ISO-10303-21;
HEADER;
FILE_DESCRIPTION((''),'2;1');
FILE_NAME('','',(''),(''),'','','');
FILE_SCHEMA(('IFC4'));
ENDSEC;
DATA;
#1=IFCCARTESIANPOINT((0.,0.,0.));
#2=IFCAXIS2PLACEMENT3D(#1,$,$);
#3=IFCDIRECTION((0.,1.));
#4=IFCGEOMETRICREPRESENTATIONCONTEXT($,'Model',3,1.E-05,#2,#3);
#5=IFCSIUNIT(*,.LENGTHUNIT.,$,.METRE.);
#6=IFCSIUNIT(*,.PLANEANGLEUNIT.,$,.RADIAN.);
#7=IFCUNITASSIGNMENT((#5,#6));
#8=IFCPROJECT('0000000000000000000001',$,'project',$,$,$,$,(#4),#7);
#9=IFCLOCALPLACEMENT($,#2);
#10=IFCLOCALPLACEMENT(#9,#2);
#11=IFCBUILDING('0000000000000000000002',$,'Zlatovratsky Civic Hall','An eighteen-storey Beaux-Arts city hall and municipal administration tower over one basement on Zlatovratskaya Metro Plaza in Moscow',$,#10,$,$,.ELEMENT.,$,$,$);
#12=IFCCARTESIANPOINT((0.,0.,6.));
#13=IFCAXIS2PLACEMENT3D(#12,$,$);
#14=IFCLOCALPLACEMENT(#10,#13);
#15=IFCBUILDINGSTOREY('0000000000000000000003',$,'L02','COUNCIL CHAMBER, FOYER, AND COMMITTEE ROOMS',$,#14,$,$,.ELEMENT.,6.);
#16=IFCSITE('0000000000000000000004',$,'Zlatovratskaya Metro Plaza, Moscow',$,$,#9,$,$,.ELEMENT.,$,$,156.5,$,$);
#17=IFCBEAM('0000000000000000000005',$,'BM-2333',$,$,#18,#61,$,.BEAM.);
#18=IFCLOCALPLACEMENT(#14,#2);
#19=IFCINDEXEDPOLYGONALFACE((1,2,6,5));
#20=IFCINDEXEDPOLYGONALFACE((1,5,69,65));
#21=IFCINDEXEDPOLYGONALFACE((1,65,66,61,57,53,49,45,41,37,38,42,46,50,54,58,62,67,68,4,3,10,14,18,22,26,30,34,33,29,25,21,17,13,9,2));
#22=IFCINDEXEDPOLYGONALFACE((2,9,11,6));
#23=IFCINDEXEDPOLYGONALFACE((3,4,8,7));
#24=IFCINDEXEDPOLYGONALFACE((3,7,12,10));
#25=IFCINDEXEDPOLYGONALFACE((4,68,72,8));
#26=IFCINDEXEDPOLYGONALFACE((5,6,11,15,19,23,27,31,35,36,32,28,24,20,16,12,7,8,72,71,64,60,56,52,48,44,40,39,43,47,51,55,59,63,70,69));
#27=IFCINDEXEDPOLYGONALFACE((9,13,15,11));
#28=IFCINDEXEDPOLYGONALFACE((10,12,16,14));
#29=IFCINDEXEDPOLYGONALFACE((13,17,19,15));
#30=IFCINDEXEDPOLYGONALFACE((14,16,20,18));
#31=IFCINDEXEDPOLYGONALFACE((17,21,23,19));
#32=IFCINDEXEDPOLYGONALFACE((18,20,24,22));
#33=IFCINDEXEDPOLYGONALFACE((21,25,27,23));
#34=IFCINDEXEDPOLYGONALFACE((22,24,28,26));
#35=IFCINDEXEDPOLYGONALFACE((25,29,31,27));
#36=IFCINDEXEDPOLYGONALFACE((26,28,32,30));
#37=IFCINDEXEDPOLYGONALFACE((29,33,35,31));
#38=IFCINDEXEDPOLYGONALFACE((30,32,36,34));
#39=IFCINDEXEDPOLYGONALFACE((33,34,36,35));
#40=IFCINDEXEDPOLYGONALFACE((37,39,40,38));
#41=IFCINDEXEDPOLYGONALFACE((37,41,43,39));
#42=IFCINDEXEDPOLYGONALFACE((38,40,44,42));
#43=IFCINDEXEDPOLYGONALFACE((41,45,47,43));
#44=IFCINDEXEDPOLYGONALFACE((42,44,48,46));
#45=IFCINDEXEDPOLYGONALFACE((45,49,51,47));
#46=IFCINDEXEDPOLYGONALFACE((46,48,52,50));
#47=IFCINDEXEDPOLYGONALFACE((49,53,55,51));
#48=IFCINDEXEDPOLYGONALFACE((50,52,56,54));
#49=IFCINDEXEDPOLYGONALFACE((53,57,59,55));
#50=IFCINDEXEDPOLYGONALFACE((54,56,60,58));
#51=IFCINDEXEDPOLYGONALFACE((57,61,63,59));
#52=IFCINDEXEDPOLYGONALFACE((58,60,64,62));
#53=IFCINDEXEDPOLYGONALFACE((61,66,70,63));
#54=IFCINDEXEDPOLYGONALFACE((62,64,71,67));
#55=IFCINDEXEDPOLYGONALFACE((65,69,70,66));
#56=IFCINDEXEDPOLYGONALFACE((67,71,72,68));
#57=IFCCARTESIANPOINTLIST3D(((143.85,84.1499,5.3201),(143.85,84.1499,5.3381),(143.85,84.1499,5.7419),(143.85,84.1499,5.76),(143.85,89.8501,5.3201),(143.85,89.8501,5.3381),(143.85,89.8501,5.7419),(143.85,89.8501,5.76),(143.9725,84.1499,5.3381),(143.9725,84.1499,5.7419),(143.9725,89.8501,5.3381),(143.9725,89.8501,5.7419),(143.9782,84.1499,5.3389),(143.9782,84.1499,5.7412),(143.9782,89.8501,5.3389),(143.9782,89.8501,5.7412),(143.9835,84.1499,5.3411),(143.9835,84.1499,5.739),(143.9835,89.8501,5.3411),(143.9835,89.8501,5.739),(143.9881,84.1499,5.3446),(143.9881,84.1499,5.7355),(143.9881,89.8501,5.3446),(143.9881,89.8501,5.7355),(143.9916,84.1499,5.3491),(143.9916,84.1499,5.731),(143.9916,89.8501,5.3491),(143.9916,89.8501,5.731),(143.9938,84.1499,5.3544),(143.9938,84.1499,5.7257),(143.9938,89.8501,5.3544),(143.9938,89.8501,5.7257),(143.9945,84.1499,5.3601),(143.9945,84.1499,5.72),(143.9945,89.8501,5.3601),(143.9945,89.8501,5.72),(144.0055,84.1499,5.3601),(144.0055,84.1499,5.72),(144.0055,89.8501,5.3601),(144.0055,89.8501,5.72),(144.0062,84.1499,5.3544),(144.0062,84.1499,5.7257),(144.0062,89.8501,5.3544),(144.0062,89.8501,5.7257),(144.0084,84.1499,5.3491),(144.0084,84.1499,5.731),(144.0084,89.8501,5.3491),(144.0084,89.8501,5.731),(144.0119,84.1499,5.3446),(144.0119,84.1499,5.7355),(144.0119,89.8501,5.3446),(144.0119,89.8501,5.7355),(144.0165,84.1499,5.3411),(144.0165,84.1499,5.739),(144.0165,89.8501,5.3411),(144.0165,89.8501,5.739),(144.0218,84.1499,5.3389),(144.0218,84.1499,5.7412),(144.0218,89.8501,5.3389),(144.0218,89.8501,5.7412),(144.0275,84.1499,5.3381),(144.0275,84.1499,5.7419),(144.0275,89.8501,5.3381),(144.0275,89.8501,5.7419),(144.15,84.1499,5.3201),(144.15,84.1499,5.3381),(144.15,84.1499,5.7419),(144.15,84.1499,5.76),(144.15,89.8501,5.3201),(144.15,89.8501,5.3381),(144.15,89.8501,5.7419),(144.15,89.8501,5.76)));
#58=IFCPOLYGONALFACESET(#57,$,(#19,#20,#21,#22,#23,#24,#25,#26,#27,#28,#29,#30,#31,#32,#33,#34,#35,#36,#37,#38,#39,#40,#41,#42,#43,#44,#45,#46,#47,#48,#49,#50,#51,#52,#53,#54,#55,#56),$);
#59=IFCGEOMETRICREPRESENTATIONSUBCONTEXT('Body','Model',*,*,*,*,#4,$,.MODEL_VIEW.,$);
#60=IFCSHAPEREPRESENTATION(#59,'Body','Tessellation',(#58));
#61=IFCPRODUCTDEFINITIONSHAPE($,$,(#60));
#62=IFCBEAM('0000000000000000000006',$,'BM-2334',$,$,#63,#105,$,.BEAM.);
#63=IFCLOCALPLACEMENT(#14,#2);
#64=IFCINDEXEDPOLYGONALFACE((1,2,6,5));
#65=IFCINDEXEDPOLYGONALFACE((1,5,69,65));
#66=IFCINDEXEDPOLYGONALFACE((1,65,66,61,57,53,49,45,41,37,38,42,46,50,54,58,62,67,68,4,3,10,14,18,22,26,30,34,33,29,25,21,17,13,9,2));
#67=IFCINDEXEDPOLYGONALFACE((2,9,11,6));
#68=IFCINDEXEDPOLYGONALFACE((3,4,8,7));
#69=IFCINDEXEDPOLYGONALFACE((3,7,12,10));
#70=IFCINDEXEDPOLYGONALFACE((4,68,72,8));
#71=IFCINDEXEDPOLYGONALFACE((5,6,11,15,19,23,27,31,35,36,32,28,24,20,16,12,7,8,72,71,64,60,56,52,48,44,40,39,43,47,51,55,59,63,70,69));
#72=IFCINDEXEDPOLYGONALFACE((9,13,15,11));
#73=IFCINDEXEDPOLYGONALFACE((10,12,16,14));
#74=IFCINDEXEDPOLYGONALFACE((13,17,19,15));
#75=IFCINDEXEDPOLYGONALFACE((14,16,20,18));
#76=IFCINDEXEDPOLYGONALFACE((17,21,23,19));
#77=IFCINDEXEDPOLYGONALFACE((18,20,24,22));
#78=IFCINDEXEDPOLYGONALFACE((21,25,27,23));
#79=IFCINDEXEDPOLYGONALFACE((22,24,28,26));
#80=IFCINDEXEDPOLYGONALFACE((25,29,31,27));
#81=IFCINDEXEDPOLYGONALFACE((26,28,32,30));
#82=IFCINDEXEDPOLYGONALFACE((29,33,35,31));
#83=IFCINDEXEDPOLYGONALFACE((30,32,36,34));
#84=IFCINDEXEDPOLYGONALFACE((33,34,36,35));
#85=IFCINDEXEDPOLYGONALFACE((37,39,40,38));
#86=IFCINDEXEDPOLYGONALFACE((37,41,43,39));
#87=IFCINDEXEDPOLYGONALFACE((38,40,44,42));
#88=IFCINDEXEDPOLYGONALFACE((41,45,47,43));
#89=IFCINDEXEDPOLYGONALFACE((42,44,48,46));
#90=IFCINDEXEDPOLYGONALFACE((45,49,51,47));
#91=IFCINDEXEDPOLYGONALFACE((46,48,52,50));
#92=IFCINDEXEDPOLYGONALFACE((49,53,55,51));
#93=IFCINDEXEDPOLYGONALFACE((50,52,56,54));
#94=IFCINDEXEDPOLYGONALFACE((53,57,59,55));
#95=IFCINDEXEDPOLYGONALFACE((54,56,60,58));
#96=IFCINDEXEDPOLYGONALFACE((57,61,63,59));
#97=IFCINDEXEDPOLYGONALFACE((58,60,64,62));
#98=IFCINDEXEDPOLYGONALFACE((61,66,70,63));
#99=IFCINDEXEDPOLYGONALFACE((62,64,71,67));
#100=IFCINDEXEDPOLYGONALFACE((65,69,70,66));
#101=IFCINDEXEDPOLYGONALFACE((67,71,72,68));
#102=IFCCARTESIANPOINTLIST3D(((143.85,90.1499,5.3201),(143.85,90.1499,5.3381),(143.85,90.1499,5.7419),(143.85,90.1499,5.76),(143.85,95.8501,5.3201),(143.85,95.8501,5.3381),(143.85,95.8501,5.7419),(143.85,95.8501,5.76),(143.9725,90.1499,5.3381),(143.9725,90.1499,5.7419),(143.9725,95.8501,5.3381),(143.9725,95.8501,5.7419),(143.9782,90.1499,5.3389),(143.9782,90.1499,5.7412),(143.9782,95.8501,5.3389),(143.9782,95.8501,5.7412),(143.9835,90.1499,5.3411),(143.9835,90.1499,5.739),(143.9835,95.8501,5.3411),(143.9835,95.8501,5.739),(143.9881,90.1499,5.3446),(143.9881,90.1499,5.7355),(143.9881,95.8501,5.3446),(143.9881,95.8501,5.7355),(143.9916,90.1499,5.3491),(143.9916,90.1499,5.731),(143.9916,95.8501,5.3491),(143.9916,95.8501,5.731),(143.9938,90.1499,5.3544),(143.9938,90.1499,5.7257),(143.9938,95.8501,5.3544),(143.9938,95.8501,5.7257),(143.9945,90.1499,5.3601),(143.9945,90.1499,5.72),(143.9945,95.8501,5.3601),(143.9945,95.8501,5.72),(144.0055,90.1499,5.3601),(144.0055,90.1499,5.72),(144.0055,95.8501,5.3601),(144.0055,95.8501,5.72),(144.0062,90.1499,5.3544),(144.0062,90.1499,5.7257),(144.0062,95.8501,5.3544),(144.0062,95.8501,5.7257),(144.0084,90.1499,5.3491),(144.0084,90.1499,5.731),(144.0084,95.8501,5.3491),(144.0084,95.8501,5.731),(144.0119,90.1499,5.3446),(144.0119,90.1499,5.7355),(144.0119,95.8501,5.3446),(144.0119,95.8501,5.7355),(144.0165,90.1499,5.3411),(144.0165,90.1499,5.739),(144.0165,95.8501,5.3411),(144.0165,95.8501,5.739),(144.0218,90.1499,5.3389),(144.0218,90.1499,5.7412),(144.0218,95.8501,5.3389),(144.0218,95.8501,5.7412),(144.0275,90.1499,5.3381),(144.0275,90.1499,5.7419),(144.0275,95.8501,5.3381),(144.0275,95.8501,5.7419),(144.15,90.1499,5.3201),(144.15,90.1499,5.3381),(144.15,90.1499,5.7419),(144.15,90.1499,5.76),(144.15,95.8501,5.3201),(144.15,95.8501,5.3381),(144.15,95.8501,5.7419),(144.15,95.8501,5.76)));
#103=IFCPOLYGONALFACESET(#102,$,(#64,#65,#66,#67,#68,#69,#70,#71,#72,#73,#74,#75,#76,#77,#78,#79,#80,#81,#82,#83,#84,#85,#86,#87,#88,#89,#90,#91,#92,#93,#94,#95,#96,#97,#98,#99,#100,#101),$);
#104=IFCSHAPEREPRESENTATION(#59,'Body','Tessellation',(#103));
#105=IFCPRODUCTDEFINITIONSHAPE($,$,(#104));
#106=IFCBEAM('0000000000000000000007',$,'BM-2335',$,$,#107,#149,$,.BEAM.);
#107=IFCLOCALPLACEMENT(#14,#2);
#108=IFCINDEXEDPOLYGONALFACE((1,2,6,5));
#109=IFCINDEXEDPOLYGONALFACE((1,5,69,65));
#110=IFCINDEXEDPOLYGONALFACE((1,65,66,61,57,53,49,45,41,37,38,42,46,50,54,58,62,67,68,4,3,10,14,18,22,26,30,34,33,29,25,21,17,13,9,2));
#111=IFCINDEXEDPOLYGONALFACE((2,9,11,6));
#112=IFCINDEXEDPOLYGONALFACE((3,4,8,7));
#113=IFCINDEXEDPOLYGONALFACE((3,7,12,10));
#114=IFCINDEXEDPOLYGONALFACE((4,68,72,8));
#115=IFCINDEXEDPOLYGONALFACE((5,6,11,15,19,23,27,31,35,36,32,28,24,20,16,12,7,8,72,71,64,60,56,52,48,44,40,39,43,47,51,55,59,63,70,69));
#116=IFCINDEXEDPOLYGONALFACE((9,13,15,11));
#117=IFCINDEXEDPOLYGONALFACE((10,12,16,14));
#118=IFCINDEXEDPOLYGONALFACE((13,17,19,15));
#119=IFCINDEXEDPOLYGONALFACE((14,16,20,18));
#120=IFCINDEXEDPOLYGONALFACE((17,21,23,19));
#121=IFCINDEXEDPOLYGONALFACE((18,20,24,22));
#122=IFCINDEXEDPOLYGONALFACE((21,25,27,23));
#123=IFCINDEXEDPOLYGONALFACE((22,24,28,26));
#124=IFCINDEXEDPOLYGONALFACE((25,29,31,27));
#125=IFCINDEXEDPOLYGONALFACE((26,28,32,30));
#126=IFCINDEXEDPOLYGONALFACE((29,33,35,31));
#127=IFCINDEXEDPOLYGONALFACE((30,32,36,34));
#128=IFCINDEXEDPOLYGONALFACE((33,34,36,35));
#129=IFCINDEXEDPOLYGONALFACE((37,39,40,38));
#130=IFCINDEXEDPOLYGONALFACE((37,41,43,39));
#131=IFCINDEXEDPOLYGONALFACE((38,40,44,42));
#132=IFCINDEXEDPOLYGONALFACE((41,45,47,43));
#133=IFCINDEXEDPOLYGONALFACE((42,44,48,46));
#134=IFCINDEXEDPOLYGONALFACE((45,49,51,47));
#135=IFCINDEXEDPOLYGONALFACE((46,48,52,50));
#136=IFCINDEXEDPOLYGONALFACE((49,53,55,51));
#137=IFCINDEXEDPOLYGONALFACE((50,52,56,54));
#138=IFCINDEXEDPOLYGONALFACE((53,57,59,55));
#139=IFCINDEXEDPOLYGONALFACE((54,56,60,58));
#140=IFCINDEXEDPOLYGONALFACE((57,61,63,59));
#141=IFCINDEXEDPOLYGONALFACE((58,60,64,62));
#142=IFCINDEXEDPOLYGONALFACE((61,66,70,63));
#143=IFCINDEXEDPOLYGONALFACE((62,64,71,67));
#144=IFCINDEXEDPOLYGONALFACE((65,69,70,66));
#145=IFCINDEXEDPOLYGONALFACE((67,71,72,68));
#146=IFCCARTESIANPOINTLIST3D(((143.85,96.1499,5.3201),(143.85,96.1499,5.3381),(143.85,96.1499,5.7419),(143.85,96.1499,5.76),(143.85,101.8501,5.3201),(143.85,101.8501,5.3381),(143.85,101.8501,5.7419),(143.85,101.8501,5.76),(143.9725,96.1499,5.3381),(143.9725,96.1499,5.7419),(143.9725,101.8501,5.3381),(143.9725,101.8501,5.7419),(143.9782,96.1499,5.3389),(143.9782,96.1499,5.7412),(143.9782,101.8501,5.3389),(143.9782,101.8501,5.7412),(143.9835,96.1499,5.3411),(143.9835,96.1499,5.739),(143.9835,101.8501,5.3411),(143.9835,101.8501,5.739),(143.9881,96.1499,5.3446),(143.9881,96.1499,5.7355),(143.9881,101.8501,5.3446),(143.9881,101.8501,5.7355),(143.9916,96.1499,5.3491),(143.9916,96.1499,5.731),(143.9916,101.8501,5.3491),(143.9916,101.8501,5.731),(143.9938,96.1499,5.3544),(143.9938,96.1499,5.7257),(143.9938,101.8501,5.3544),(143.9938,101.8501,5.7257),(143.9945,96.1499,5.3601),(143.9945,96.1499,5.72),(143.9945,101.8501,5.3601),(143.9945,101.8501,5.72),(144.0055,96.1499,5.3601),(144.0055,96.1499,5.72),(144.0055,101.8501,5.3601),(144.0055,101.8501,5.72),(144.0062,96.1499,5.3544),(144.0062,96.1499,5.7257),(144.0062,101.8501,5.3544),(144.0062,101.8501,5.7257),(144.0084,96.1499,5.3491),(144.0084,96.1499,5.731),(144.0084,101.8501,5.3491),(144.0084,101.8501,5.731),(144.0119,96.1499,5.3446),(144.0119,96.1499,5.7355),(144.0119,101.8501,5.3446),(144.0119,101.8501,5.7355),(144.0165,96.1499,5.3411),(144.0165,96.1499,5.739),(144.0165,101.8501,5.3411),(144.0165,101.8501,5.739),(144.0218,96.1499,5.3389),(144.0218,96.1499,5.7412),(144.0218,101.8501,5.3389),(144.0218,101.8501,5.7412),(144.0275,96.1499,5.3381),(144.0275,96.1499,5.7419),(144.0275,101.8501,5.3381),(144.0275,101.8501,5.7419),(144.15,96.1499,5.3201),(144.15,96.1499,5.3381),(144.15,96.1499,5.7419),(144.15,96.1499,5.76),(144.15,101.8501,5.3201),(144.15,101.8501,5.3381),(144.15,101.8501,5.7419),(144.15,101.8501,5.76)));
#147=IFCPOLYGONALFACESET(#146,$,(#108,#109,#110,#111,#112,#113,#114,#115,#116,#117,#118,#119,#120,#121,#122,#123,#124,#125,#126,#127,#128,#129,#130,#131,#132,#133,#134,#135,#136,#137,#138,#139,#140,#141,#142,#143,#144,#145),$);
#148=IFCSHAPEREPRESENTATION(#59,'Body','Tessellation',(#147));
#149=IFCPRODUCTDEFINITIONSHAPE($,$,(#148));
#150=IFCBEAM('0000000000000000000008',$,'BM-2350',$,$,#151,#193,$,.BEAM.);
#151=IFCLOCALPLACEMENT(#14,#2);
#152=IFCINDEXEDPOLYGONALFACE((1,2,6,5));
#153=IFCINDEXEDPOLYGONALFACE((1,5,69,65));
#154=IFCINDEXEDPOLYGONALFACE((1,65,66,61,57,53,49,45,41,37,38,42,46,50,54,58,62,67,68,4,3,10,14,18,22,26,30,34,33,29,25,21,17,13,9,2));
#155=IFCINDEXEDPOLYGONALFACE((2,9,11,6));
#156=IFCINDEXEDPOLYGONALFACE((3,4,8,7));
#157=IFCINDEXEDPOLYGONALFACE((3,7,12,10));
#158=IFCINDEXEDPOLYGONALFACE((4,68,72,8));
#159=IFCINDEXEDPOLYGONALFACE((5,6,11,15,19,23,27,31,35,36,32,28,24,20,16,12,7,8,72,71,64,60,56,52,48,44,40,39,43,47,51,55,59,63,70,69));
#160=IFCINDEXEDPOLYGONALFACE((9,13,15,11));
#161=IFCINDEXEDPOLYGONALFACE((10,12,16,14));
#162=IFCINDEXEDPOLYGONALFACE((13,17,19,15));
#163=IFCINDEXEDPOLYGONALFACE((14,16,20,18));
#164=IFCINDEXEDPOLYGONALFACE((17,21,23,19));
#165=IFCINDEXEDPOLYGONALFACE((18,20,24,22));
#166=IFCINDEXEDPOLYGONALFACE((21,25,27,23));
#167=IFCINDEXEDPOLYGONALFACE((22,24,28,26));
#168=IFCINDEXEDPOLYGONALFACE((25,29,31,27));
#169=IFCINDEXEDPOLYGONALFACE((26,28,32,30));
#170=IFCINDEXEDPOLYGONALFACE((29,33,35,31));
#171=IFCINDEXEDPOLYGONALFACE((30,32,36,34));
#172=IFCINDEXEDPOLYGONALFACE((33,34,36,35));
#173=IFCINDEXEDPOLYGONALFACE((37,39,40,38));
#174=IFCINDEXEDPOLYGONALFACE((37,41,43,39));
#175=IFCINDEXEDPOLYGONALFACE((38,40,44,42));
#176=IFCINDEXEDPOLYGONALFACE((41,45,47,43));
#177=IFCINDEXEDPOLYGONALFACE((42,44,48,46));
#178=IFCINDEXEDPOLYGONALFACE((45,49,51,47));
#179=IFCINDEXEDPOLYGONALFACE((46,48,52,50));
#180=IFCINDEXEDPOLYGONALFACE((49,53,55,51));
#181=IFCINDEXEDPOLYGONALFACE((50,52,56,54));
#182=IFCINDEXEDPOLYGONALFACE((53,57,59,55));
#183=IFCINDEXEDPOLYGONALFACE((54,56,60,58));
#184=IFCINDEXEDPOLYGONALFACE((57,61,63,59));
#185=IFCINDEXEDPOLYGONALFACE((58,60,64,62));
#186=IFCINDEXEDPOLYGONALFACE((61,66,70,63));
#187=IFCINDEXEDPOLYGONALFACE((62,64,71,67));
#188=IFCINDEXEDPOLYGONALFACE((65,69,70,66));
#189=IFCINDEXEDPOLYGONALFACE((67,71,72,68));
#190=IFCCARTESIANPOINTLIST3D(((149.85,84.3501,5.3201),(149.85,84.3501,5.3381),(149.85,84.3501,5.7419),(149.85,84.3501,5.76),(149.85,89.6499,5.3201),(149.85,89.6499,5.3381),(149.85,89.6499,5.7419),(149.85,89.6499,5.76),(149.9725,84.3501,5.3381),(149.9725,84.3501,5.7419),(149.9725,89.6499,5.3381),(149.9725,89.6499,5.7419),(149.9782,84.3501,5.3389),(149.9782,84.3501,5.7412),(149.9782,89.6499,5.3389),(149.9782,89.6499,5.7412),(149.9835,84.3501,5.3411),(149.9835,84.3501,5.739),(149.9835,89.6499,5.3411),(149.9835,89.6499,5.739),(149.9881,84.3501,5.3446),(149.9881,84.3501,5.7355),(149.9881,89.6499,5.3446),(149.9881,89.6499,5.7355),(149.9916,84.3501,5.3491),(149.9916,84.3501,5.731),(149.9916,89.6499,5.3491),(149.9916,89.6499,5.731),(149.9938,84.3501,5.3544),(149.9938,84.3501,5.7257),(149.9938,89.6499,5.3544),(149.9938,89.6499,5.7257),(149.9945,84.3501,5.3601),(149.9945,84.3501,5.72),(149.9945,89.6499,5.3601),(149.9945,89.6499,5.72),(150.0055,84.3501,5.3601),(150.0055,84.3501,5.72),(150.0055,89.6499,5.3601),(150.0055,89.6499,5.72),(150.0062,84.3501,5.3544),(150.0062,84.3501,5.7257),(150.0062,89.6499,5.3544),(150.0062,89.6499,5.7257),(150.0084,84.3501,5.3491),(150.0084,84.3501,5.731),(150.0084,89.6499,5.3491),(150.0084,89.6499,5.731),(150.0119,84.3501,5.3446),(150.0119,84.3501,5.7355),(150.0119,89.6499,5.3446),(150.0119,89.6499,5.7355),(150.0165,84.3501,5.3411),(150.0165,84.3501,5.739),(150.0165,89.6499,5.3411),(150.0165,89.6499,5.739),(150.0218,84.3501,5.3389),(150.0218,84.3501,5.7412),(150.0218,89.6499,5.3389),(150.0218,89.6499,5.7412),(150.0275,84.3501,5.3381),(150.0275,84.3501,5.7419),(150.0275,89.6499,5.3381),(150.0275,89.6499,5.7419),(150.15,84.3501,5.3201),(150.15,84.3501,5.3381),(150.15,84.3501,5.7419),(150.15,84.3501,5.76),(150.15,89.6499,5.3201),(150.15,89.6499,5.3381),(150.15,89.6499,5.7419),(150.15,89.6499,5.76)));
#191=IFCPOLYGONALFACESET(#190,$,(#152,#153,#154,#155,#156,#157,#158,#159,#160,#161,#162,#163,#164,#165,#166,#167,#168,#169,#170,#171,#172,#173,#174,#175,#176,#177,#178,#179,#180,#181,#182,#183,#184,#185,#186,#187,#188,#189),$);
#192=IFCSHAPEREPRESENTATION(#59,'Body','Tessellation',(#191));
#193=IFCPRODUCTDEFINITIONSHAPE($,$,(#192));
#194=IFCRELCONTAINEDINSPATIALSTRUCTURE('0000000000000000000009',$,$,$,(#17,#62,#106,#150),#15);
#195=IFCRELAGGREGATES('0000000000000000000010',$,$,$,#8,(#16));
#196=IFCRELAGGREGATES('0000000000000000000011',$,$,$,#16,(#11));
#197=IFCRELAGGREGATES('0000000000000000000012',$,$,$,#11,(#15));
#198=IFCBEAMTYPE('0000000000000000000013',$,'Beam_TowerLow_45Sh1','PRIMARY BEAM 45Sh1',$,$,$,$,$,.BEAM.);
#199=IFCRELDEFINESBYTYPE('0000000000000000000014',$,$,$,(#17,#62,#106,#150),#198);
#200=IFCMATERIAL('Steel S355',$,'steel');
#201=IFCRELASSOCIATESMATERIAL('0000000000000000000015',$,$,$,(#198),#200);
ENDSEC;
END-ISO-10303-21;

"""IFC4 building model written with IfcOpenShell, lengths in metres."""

from ifc_helpers import new_model, si_unit, direction, frame, origin, origin_2d, place, context, subcontext, project, spatial, i_section, extrude, material, material_profile, profile_set, type_object, element, save


model = new_model("IFC4")

# Units and contexts
model_context = context("Model", 3, precision=1e-05, world=origin(), true_north=direction((0.0, 1.0)))
body_context = subcontext(model_context, "Body", "Model", "MODEL_VIEW")
ifc_project = project(units=[si_unit("LENGTHUNIT", "METRE"), si_unit("PLANEANGLEUNIT", "RADIAN")], contexts=[model_context])

# Site, building, storey
site_placement = place(None, origin())
site = spatial("IfcSite", under=ifc_project, at=site_placement, Name="Zlatovratskaya Metro Plaza, Moscow", CompositionType="ELEMENT", RefElevation=156.5)
building_placement = place(site_placement, origin())
building = spatial("IfcBuilding", under=site, at=building_placement, Name="Zlatovratsky Civic Hall", Description="An eighteen-storey Beaux-Arts city hall and municipal administration tower over one basement on Zlatovratskaya Metro Plaza in Moscow", CompositionType="ELEMENT")
storey_placement = place(building_placement, frame((0.0, 0.0, 6.0)))
storey = spatial("IfcBuildingStorey", under=building, at=storey_placement, Name="L02", Description="COUNCIL CHAMBER, FOYER, AND COMMITTEE ROOMS", CompositionType="ELEMENT", Elevation=6.0)

# Shared definitions
ifc_material_1 = material(Name="Steel S355", Category="steel")

# Beams
ifc_material_profile_1 = material_profile(ifc_material_1, i_section(OverallWidth=0.3, OverallDepth=0.4399, WebThickness=0.011, FlangeThickness=0.0181, FilletRadius=0.022, at=origin_2d()), Name="45Sh1")
ifc_profile_set_1 = profile_set([ifc_material_profile_1], Name="Steel S355")
beam_type_1 = type_object("IfcBeamType", Name="Beam_TowerLow_45Sh1", Description="PRIMARY BEAM 45Sh1", PredefinedType="BEAM", material=ifc_profile_set_1)
for number, where, z_axis, x_axis, name in (
    (1, (144.0, 84.1499, 5.54), (0.0, 1.0, 0.0), (-1.0, 0.0, 0.0), "BM-2333"),
    (2, (144.0, 90.1499, 5.54), (0.0, 1.0, 0.0), (-1.0, 0.0, 0.0), "BM-2334"),
    (3, (144.0, 96.1499, 5.54), (0.0, 1.0, 0.0), (-1.0, 0.0, 0.0), "BM-2335"),
):
    element("IfcBeam", number, at=place(storey_placement, frame(where, z_axis=z_axis, x_axis=x_axis)), inside=storey, type_object=beam_type_1, Name=name, PredefinedType="BEAM", context=body_context, shape_type="SweptSolid", body=[
        extrude(i_section(OverallWidth=0.3, OverallDepth=0.4399, WebThickness=0.011, FlangeThickness=0.0181, FilletRadius=0.022, at=origin_2d()), origin(), (0.0, 0.0, 1.0), 5.7002),
    ])
for number, where, z_axis, x_axis, name in (
    (4, (150.0, 84.3501, 5.54), (0.0, 1.0, 0.0), (-1.0, 0.0, 0.0), "BM-2350"),
):
    element("IfcBeam", number, at=place(storey_placement, frame(where, z_axis=z_axis, x_axis=x_axis)), inside=storey, type_object=beam_type_1, Name=name, PredefinedType="BEAM", context=body_context, shape_type="SweptSolid", body=[
        extrude(i_section(OverallWidth=0.3, OverallDepth=0.4399, WebThickness=0.011, FlangeThickness=0.0181, FilletRadius=0.022, at=origin_2d()), origin(), (0.0, 0.0, 1.0), 5.2998),
    ])

save(model, "model.ifc")
